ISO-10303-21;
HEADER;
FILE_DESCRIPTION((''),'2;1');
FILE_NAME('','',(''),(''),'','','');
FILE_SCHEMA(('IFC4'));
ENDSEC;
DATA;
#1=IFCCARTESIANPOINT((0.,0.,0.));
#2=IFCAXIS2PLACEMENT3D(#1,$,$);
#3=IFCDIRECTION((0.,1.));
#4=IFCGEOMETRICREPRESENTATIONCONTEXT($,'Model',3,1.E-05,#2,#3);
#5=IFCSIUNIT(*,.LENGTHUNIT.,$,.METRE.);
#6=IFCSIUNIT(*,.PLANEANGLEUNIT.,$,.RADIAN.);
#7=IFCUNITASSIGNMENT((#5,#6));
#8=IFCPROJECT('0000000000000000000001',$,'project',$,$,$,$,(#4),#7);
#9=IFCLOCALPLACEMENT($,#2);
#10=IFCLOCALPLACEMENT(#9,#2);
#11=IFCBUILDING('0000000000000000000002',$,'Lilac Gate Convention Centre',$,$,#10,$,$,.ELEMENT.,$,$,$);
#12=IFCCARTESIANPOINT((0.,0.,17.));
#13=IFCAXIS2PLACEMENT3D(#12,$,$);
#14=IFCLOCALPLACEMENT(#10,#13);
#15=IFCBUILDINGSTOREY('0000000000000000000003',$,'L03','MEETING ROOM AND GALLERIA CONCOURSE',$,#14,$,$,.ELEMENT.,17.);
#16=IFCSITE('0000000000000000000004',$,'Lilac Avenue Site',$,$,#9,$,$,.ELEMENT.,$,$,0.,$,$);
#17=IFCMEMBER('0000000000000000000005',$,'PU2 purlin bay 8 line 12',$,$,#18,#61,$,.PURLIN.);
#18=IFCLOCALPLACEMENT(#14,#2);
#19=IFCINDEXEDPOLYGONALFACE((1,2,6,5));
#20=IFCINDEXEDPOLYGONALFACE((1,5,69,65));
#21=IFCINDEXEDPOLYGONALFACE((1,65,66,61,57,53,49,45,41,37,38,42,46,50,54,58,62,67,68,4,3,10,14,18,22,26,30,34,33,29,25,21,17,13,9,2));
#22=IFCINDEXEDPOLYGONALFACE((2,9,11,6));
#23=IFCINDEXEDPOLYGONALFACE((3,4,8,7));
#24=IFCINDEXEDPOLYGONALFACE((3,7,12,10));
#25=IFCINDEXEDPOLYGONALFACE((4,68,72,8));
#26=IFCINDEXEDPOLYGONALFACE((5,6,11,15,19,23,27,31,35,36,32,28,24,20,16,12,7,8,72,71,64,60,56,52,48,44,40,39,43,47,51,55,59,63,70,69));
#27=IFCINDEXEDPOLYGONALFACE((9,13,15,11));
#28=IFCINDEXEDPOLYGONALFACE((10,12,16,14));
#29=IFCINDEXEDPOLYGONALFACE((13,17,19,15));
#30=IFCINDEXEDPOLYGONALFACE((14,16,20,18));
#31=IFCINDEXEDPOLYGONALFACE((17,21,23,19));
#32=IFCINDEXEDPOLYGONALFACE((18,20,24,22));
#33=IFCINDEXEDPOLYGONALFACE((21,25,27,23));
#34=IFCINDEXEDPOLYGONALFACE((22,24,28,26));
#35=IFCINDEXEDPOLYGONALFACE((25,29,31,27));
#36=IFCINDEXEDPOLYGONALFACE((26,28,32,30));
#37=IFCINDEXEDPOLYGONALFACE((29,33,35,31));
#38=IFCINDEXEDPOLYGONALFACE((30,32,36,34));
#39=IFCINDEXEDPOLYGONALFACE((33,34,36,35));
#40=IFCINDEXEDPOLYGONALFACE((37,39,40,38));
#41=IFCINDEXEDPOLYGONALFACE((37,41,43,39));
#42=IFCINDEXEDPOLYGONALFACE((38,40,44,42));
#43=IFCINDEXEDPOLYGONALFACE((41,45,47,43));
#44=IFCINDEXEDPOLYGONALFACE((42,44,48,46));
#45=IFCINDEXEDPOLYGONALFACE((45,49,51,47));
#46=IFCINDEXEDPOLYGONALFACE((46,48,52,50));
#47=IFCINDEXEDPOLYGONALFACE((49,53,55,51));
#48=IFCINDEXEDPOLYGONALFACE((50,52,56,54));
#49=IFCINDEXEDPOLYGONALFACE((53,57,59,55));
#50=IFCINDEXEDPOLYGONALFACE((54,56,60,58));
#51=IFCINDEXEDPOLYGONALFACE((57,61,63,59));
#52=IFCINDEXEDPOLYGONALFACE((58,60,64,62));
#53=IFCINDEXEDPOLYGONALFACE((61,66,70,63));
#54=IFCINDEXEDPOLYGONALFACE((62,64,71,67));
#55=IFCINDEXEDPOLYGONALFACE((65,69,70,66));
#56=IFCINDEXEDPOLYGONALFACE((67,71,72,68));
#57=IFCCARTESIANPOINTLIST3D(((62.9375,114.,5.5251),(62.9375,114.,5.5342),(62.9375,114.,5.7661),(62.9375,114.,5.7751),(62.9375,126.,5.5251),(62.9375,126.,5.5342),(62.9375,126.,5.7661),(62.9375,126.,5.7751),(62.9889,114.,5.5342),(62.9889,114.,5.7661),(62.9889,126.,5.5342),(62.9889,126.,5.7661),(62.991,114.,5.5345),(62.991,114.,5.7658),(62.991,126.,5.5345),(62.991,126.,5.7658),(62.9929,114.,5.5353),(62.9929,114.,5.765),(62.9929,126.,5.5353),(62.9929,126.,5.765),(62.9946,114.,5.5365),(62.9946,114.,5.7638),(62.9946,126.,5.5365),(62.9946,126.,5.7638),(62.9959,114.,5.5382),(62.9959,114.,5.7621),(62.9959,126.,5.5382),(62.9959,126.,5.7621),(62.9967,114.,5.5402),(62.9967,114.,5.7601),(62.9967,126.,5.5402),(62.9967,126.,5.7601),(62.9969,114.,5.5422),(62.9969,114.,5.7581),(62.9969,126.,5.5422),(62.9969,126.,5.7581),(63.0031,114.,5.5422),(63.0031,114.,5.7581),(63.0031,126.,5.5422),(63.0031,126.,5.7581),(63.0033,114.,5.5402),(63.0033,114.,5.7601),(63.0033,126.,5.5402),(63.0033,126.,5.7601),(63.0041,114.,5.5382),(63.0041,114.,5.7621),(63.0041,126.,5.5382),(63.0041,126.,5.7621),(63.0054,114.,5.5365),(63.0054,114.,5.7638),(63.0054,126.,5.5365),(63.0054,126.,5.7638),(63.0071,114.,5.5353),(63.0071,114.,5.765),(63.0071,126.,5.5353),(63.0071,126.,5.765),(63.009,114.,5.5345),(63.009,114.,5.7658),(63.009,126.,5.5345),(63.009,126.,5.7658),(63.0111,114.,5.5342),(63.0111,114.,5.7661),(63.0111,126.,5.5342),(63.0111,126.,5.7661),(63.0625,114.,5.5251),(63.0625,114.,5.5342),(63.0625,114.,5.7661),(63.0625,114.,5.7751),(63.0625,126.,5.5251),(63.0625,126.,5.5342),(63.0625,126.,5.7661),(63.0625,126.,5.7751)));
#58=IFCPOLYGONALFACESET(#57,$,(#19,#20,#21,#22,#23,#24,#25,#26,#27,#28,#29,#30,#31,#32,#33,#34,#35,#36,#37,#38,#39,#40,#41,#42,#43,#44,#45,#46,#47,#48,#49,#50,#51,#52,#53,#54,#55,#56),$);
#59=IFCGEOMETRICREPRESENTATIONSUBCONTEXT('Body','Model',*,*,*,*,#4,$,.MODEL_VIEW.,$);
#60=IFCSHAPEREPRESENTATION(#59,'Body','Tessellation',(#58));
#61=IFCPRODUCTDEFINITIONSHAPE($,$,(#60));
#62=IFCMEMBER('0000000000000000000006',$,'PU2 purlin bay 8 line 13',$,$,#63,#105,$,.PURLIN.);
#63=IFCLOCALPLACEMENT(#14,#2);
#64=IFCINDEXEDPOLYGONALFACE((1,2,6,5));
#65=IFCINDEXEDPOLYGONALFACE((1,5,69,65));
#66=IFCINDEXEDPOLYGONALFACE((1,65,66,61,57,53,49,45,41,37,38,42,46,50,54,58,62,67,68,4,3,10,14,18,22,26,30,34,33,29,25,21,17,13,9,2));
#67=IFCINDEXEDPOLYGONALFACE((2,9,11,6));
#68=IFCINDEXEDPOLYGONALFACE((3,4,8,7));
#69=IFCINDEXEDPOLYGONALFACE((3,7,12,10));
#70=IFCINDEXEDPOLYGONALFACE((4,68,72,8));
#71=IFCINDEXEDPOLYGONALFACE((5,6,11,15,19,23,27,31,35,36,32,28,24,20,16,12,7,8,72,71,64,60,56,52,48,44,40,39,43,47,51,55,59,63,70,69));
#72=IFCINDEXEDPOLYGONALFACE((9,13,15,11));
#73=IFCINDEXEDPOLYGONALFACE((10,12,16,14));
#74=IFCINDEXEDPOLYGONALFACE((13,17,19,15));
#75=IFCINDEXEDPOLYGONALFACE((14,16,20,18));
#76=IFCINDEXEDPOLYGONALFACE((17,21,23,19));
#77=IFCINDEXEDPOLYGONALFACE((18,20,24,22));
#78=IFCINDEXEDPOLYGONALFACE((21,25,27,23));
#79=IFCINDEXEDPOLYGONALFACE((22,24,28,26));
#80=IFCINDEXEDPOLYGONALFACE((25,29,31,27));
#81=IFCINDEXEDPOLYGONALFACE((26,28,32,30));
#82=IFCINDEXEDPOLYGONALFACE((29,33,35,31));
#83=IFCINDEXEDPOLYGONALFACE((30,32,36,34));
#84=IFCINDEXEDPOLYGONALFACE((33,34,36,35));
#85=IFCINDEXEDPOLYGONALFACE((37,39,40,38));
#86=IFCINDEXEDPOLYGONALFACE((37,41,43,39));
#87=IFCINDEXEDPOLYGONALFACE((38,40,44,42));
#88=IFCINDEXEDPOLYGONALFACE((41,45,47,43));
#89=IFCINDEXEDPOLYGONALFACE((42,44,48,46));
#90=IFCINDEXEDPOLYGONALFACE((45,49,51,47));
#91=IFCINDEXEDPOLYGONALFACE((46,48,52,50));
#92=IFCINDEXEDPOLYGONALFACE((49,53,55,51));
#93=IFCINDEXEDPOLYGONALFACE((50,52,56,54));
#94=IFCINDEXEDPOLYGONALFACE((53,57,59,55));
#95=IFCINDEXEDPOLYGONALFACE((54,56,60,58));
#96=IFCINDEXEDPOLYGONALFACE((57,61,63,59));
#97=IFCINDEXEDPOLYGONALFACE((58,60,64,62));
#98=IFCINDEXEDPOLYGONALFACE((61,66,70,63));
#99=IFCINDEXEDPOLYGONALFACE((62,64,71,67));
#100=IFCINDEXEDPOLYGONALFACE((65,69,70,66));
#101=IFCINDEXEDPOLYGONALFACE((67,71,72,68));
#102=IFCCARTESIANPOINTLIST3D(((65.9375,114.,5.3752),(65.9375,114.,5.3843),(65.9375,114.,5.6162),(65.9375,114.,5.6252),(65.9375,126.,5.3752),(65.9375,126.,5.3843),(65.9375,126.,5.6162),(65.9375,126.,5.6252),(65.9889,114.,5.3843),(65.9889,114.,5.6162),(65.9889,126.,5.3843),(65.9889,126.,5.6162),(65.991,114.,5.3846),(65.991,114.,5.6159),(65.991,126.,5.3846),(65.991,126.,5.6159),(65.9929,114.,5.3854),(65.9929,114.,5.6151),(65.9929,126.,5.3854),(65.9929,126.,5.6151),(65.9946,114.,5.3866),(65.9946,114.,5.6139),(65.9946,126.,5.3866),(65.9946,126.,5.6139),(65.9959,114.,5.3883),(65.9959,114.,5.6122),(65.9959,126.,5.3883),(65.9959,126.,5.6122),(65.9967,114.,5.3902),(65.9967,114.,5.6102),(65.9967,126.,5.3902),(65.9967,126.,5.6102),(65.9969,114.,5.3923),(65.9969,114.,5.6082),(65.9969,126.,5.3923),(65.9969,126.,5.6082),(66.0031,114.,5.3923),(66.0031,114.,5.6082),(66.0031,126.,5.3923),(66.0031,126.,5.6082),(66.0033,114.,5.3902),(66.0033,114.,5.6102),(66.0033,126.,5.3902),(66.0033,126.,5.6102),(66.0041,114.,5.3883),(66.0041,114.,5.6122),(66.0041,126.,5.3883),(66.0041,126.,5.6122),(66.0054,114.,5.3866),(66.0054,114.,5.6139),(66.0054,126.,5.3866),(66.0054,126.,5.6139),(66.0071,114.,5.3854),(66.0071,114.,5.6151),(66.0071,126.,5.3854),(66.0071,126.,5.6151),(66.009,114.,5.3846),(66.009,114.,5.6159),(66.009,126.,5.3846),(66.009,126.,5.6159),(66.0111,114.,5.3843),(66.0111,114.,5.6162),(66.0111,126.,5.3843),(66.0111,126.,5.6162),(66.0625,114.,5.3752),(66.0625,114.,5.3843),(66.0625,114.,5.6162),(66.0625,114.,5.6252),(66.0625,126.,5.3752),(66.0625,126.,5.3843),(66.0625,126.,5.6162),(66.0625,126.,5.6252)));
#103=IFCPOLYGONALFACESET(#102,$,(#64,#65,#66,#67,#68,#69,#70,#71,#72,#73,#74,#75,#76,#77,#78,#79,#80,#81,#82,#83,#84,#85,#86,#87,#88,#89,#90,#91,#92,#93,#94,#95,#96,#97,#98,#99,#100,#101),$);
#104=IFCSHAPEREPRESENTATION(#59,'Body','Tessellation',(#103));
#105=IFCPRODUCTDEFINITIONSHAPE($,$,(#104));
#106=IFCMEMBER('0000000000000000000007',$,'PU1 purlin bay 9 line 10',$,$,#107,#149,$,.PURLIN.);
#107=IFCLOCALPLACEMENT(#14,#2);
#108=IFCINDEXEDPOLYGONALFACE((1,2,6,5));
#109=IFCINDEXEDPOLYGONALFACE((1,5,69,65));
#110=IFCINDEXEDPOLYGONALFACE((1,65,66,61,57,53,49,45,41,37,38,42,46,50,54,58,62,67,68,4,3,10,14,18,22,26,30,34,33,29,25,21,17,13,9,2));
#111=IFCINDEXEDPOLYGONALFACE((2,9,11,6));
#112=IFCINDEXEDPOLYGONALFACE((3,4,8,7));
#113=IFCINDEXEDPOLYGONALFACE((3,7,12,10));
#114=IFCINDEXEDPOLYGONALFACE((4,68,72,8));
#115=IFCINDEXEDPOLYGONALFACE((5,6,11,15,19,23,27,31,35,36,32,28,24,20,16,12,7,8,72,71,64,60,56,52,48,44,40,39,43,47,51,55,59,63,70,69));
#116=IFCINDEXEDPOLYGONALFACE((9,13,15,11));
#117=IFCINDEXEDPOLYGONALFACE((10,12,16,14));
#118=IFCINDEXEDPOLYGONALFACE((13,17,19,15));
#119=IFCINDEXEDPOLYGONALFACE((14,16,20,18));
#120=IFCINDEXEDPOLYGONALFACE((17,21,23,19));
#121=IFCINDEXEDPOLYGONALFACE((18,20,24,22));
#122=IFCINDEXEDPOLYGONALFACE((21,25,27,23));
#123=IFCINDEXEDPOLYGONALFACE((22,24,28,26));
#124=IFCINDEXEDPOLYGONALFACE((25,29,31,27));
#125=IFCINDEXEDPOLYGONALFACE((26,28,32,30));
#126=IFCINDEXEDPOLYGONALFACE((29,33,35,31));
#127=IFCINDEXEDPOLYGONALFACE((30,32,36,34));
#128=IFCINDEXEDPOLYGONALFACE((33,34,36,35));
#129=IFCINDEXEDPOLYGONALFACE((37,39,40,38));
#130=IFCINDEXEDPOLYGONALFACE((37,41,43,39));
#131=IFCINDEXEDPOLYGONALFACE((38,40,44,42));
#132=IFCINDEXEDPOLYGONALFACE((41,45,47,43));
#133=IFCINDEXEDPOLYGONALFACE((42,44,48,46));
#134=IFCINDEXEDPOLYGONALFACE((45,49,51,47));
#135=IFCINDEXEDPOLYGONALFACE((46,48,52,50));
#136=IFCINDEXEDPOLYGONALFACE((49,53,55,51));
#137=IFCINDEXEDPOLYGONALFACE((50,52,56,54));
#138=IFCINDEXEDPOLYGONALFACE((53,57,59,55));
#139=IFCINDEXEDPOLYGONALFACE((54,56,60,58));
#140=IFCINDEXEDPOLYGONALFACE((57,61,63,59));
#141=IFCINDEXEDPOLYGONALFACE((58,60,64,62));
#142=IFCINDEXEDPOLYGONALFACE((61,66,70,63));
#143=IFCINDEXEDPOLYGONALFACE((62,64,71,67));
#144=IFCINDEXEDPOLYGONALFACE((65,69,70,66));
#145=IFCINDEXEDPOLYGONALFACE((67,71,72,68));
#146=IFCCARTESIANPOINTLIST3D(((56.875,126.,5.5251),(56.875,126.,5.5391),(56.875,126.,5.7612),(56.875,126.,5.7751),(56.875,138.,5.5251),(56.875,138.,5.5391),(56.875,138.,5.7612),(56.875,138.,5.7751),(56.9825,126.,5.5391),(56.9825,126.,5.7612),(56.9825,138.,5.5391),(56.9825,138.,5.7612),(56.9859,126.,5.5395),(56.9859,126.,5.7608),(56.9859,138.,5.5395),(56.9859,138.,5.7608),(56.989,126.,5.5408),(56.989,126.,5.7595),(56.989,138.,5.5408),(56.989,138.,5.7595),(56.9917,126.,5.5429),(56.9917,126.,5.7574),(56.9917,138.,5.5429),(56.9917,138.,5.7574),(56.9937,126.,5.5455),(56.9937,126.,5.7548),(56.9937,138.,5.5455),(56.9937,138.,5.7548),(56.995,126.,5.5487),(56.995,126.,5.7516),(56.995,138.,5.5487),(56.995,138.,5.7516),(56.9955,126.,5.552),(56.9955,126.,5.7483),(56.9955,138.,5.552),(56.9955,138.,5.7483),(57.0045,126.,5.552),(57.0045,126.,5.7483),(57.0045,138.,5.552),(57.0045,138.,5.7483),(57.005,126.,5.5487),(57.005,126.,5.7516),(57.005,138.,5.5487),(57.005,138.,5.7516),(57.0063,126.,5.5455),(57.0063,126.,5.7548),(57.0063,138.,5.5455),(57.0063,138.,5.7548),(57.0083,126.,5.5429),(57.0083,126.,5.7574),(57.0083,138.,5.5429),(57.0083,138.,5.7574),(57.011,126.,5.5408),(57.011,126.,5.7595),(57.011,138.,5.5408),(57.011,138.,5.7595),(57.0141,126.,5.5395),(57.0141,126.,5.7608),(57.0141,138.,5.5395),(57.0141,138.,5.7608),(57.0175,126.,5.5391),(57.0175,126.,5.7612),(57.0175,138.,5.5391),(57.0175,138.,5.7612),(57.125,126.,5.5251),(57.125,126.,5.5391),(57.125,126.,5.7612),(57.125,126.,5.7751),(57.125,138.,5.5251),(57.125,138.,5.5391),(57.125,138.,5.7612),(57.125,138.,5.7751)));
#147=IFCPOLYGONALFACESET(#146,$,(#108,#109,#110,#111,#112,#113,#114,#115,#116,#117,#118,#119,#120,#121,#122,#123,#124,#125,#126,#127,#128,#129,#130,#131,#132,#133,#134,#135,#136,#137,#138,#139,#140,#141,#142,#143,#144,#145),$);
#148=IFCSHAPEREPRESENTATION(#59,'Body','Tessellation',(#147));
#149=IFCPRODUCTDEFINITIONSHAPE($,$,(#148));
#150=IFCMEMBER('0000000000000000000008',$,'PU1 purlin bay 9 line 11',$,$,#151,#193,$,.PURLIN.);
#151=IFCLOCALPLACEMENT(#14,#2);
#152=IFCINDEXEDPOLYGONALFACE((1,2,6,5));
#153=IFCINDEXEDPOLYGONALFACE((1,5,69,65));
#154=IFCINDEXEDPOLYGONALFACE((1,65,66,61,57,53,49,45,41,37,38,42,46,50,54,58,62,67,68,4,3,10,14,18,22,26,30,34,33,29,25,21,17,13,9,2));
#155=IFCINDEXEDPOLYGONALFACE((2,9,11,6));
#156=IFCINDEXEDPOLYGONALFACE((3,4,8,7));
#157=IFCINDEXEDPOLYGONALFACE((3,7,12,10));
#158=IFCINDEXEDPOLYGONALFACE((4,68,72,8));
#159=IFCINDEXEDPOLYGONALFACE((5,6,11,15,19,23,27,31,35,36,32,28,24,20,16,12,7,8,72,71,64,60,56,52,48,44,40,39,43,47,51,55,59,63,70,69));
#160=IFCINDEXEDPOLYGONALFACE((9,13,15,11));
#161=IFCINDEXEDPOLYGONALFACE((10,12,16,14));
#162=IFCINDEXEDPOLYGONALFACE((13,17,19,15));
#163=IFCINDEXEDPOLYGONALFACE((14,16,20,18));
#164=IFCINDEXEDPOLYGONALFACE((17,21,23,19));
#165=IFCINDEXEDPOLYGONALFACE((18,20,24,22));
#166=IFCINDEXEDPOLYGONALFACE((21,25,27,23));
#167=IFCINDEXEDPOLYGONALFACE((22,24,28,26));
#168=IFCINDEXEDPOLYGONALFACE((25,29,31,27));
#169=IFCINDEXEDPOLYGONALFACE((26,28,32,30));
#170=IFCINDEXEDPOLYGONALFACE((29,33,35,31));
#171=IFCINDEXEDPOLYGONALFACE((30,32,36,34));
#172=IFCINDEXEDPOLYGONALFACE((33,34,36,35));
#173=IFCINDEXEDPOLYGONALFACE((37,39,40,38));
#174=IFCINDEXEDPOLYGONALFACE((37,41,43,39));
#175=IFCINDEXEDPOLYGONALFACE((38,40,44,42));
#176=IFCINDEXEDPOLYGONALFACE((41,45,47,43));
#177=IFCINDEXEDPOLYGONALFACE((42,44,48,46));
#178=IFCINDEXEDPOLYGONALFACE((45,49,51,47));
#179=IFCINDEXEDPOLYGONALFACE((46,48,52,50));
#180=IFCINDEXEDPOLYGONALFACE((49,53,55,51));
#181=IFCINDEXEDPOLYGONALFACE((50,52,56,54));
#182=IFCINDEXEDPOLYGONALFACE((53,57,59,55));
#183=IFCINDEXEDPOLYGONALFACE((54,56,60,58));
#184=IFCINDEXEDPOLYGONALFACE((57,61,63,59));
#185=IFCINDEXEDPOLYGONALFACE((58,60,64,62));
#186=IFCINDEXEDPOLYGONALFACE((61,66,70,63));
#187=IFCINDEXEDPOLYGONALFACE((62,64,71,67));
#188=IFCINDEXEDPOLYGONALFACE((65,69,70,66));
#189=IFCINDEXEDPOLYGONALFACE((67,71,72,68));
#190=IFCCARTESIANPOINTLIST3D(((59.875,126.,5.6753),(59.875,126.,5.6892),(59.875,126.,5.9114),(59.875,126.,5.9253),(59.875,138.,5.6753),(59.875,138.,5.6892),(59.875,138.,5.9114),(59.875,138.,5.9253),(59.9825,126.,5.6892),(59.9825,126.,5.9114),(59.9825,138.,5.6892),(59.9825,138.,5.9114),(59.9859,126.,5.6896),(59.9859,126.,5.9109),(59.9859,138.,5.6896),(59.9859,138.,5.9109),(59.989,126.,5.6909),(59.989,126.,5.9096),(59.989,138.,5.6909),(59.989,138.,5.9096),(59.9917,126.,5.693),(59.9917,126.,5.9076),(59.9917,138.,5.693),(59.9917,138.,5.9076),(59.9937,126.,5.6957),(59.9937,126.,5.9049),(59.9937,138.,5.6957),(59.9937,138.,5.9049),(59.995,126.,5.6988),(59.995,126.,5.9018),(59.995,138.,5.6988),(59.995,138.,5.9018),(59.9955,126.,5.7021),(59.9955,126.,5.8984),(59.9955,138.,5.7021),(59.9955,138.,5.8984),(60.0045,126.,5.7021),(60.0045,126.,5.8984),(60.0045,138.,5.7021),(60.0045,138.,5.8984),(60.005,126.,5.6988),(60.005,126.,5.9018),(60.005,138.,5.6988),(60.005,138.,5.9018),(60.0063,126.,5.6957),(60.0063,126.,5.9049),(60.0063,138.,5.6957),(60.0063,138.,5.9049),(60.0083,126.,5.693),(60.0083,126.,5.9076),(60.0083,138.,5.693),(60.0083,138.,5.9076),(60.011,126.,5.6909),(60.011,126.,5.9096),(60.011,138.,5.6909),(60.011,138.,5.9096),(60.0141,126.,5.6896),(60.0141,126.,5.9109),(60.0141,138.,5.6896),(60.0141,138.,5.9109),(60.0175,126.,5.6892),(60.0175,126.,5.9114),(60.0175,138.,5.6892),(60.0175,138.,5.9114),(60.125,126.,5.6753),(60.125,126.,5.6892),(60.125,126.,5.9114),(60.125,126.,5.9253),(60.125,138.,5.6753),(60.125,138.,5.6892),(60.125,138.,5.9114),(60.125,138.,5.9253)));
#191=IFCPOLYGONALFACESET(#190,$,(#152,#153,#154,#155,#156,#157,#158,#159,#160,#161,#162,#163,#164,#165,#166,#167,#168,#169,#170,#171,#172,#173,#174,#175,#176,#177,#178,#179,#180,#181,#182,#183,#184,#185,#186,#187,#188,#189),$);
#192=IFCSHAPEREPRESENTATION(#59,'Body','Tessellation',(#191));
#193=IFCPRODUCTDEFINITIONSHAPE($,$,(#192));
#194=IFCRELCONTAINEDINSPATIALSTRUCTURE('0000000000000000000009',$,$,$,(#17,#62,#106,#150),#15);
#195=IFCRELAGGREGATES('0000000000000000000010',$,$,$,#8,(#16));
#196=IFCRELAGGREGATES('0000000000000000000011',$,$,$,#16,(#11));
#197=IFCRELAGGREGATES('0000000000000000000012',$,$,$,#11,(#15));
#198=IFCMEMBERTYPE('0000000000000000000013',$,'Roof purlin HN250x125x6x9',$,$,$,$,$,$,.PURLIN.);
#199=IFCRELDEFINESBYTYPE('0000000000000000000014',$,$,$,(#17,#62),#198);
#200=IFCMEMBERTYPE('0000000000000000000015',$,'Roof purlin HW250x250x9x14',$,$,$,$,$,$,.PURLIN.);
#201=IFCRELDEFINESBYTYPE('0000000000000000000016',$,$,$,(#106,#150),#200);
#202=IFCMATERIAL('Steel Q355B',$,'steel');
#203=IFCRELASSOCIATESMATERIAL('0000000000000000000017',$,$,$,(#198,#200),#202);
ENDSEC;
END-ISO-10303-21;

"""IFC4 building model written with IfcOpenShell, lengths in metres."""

from ifc_helpers import new_model, si_unit, direction, frame, origin, origin_2d, place, context, subcontext, project, spatial, i_section, extrude, material, material_profile, profile_set, type_object, element, save


model = new_model("IFC4")

# Units and contexts
model_context = context("Model", 3, precision=1e-05, world=origin(), true_north=direction((0.0, 1.0)))
body_context = subcontext(model_context, "Body", "Model", "MODEL_VIEW")
ifc_project = project(units=[si_unit("LENGTHUNIT", "METRE"), si_unit("PLANEANGLEUNIT", "RADIAN")], contexts=[model_context])

# Site, building, storey
site_placement = place(None, origin())
site = spatial("IfcSite", under=ifc_project, at=site_placement, Name="Lilac Avenue Site", CompositionType="ELEMENT", RefElevation=0.0)
building_placement = place(site_placement, origin())
building = spatial("IfcBuilding", under=site, at=building_placement, Name="Lilac Gate Convention Centre", CompositionType="ELEMENT")
storey_placement = place(building_placement, frame((0.0, 0.0, 17.0)))
storey = spatial("IfcBuildingStorey", under=building, at=storey_placement, Name="L03", Description="MEETING ROOM AND GALLERIA CONCOURSE", CompositionType="ELEMENT", Elevation=17.0)

# Members
ifc_material = material(Name="Steel Q355B", Category="steel")
ifc_material_profile_1 = material_profile(ifc_material, i_section(OverallWidth=0.125, OverallDepth=0.25, WebThickness=0.0061, FlangeThickness=0.009, FilletRadius=0.0081, at=origin_2d()), Name="HN250x125x6x9")
ifc_profile_set_1 = profile_set([ifc_material_profile_1], Name="Steel Q355B")
member_type_1 = type_object("IfcMemberType", Name="Roof purlin HN250x125x6x9", PredefinedType="PURLIN", material=ifc_profile_set_1)
for number, where, z_axis, x_axis, name in (
    (1, (63.0, 114.0, 5.6501), (0.0, 1.0, 0.0), (-1.0, 0.0, 0.0), "PU2 purlin bay 8 line 12"),
    (2, (66.0, 114.0, 5.5002), (0.0, 1.0, 0.0), (-1.0, 0.0, 0.0), "PU2 purlin bay 8 line 13"),
):
    element("IfcMember", number, at=place(storey_placement, frame(where, z_axis=z_axis, x_axis=x_axis)), inside=storey, type_object=member_type_1, Name=name, PredefinedType="PURLIN", context=body_context, shape_type="SweptSolid", body=[
        extrude(i_section(OverallWidth=0.125, OverallDepth=0.25, WebThickness=0.0061, FlangeThickness=0.009, FilletRadius=0.0081, at=origin_2d()), origin(), (0.0, 0.0, 1.0), 12.0),
    ])
ifc_material_profile_2 = material_profile(ifc_material, i_section(OverallWidth=0.25, OverallDepth=0.25, WebThickness=0.009, FlangeThickness=0.0139, FilletRadius=0.0129, at=origin_2d()), Name="HW250x250x9x14")
ifc_profile_set_2 = profile_set([ifc_material_profile_2], Name="Steel Q355B")
member_type_2 = type_object("IfcMemberType", Name="Roof purlin HW250x250x9x14", PredefinedType="PURLIN", material=ifc_profile_set_2)
for number, where, z_axis, x_axis, name in (
    (3, (57.0, 126.0, 5.6501), (0.0, 1.0, 0.0), (-1.0, 0.0, 0.0), "PU1 purlin bay 9 line 10"),
    (4, (60.0, 126.0, 5.8003), (0.0, 1.0, 0.0), (-1.0, 0.0, 0.0), "PU1 purlin bay 9 line 11"),
):
    element("IfcMember", number, at=place(storey_placement, frame(where, z_axis=z_axis, x_axis=x_axis)), inside=storey, type_object=member_type_2, Name=name, PredefinedType="PURLIN", context=body_context, shape_type="SweptSolid", body=[
        extrude(i_section(OverallWidth=0.25, OverallDepth=0.25, WebThickness=0.009, FlangeThickness=0.0139, FilletRadius=0.0129, at=origin_2d()), origin(), (0.0, 0.0, 1.0), 12.0),
    ])

save(model, "model.ifc")
